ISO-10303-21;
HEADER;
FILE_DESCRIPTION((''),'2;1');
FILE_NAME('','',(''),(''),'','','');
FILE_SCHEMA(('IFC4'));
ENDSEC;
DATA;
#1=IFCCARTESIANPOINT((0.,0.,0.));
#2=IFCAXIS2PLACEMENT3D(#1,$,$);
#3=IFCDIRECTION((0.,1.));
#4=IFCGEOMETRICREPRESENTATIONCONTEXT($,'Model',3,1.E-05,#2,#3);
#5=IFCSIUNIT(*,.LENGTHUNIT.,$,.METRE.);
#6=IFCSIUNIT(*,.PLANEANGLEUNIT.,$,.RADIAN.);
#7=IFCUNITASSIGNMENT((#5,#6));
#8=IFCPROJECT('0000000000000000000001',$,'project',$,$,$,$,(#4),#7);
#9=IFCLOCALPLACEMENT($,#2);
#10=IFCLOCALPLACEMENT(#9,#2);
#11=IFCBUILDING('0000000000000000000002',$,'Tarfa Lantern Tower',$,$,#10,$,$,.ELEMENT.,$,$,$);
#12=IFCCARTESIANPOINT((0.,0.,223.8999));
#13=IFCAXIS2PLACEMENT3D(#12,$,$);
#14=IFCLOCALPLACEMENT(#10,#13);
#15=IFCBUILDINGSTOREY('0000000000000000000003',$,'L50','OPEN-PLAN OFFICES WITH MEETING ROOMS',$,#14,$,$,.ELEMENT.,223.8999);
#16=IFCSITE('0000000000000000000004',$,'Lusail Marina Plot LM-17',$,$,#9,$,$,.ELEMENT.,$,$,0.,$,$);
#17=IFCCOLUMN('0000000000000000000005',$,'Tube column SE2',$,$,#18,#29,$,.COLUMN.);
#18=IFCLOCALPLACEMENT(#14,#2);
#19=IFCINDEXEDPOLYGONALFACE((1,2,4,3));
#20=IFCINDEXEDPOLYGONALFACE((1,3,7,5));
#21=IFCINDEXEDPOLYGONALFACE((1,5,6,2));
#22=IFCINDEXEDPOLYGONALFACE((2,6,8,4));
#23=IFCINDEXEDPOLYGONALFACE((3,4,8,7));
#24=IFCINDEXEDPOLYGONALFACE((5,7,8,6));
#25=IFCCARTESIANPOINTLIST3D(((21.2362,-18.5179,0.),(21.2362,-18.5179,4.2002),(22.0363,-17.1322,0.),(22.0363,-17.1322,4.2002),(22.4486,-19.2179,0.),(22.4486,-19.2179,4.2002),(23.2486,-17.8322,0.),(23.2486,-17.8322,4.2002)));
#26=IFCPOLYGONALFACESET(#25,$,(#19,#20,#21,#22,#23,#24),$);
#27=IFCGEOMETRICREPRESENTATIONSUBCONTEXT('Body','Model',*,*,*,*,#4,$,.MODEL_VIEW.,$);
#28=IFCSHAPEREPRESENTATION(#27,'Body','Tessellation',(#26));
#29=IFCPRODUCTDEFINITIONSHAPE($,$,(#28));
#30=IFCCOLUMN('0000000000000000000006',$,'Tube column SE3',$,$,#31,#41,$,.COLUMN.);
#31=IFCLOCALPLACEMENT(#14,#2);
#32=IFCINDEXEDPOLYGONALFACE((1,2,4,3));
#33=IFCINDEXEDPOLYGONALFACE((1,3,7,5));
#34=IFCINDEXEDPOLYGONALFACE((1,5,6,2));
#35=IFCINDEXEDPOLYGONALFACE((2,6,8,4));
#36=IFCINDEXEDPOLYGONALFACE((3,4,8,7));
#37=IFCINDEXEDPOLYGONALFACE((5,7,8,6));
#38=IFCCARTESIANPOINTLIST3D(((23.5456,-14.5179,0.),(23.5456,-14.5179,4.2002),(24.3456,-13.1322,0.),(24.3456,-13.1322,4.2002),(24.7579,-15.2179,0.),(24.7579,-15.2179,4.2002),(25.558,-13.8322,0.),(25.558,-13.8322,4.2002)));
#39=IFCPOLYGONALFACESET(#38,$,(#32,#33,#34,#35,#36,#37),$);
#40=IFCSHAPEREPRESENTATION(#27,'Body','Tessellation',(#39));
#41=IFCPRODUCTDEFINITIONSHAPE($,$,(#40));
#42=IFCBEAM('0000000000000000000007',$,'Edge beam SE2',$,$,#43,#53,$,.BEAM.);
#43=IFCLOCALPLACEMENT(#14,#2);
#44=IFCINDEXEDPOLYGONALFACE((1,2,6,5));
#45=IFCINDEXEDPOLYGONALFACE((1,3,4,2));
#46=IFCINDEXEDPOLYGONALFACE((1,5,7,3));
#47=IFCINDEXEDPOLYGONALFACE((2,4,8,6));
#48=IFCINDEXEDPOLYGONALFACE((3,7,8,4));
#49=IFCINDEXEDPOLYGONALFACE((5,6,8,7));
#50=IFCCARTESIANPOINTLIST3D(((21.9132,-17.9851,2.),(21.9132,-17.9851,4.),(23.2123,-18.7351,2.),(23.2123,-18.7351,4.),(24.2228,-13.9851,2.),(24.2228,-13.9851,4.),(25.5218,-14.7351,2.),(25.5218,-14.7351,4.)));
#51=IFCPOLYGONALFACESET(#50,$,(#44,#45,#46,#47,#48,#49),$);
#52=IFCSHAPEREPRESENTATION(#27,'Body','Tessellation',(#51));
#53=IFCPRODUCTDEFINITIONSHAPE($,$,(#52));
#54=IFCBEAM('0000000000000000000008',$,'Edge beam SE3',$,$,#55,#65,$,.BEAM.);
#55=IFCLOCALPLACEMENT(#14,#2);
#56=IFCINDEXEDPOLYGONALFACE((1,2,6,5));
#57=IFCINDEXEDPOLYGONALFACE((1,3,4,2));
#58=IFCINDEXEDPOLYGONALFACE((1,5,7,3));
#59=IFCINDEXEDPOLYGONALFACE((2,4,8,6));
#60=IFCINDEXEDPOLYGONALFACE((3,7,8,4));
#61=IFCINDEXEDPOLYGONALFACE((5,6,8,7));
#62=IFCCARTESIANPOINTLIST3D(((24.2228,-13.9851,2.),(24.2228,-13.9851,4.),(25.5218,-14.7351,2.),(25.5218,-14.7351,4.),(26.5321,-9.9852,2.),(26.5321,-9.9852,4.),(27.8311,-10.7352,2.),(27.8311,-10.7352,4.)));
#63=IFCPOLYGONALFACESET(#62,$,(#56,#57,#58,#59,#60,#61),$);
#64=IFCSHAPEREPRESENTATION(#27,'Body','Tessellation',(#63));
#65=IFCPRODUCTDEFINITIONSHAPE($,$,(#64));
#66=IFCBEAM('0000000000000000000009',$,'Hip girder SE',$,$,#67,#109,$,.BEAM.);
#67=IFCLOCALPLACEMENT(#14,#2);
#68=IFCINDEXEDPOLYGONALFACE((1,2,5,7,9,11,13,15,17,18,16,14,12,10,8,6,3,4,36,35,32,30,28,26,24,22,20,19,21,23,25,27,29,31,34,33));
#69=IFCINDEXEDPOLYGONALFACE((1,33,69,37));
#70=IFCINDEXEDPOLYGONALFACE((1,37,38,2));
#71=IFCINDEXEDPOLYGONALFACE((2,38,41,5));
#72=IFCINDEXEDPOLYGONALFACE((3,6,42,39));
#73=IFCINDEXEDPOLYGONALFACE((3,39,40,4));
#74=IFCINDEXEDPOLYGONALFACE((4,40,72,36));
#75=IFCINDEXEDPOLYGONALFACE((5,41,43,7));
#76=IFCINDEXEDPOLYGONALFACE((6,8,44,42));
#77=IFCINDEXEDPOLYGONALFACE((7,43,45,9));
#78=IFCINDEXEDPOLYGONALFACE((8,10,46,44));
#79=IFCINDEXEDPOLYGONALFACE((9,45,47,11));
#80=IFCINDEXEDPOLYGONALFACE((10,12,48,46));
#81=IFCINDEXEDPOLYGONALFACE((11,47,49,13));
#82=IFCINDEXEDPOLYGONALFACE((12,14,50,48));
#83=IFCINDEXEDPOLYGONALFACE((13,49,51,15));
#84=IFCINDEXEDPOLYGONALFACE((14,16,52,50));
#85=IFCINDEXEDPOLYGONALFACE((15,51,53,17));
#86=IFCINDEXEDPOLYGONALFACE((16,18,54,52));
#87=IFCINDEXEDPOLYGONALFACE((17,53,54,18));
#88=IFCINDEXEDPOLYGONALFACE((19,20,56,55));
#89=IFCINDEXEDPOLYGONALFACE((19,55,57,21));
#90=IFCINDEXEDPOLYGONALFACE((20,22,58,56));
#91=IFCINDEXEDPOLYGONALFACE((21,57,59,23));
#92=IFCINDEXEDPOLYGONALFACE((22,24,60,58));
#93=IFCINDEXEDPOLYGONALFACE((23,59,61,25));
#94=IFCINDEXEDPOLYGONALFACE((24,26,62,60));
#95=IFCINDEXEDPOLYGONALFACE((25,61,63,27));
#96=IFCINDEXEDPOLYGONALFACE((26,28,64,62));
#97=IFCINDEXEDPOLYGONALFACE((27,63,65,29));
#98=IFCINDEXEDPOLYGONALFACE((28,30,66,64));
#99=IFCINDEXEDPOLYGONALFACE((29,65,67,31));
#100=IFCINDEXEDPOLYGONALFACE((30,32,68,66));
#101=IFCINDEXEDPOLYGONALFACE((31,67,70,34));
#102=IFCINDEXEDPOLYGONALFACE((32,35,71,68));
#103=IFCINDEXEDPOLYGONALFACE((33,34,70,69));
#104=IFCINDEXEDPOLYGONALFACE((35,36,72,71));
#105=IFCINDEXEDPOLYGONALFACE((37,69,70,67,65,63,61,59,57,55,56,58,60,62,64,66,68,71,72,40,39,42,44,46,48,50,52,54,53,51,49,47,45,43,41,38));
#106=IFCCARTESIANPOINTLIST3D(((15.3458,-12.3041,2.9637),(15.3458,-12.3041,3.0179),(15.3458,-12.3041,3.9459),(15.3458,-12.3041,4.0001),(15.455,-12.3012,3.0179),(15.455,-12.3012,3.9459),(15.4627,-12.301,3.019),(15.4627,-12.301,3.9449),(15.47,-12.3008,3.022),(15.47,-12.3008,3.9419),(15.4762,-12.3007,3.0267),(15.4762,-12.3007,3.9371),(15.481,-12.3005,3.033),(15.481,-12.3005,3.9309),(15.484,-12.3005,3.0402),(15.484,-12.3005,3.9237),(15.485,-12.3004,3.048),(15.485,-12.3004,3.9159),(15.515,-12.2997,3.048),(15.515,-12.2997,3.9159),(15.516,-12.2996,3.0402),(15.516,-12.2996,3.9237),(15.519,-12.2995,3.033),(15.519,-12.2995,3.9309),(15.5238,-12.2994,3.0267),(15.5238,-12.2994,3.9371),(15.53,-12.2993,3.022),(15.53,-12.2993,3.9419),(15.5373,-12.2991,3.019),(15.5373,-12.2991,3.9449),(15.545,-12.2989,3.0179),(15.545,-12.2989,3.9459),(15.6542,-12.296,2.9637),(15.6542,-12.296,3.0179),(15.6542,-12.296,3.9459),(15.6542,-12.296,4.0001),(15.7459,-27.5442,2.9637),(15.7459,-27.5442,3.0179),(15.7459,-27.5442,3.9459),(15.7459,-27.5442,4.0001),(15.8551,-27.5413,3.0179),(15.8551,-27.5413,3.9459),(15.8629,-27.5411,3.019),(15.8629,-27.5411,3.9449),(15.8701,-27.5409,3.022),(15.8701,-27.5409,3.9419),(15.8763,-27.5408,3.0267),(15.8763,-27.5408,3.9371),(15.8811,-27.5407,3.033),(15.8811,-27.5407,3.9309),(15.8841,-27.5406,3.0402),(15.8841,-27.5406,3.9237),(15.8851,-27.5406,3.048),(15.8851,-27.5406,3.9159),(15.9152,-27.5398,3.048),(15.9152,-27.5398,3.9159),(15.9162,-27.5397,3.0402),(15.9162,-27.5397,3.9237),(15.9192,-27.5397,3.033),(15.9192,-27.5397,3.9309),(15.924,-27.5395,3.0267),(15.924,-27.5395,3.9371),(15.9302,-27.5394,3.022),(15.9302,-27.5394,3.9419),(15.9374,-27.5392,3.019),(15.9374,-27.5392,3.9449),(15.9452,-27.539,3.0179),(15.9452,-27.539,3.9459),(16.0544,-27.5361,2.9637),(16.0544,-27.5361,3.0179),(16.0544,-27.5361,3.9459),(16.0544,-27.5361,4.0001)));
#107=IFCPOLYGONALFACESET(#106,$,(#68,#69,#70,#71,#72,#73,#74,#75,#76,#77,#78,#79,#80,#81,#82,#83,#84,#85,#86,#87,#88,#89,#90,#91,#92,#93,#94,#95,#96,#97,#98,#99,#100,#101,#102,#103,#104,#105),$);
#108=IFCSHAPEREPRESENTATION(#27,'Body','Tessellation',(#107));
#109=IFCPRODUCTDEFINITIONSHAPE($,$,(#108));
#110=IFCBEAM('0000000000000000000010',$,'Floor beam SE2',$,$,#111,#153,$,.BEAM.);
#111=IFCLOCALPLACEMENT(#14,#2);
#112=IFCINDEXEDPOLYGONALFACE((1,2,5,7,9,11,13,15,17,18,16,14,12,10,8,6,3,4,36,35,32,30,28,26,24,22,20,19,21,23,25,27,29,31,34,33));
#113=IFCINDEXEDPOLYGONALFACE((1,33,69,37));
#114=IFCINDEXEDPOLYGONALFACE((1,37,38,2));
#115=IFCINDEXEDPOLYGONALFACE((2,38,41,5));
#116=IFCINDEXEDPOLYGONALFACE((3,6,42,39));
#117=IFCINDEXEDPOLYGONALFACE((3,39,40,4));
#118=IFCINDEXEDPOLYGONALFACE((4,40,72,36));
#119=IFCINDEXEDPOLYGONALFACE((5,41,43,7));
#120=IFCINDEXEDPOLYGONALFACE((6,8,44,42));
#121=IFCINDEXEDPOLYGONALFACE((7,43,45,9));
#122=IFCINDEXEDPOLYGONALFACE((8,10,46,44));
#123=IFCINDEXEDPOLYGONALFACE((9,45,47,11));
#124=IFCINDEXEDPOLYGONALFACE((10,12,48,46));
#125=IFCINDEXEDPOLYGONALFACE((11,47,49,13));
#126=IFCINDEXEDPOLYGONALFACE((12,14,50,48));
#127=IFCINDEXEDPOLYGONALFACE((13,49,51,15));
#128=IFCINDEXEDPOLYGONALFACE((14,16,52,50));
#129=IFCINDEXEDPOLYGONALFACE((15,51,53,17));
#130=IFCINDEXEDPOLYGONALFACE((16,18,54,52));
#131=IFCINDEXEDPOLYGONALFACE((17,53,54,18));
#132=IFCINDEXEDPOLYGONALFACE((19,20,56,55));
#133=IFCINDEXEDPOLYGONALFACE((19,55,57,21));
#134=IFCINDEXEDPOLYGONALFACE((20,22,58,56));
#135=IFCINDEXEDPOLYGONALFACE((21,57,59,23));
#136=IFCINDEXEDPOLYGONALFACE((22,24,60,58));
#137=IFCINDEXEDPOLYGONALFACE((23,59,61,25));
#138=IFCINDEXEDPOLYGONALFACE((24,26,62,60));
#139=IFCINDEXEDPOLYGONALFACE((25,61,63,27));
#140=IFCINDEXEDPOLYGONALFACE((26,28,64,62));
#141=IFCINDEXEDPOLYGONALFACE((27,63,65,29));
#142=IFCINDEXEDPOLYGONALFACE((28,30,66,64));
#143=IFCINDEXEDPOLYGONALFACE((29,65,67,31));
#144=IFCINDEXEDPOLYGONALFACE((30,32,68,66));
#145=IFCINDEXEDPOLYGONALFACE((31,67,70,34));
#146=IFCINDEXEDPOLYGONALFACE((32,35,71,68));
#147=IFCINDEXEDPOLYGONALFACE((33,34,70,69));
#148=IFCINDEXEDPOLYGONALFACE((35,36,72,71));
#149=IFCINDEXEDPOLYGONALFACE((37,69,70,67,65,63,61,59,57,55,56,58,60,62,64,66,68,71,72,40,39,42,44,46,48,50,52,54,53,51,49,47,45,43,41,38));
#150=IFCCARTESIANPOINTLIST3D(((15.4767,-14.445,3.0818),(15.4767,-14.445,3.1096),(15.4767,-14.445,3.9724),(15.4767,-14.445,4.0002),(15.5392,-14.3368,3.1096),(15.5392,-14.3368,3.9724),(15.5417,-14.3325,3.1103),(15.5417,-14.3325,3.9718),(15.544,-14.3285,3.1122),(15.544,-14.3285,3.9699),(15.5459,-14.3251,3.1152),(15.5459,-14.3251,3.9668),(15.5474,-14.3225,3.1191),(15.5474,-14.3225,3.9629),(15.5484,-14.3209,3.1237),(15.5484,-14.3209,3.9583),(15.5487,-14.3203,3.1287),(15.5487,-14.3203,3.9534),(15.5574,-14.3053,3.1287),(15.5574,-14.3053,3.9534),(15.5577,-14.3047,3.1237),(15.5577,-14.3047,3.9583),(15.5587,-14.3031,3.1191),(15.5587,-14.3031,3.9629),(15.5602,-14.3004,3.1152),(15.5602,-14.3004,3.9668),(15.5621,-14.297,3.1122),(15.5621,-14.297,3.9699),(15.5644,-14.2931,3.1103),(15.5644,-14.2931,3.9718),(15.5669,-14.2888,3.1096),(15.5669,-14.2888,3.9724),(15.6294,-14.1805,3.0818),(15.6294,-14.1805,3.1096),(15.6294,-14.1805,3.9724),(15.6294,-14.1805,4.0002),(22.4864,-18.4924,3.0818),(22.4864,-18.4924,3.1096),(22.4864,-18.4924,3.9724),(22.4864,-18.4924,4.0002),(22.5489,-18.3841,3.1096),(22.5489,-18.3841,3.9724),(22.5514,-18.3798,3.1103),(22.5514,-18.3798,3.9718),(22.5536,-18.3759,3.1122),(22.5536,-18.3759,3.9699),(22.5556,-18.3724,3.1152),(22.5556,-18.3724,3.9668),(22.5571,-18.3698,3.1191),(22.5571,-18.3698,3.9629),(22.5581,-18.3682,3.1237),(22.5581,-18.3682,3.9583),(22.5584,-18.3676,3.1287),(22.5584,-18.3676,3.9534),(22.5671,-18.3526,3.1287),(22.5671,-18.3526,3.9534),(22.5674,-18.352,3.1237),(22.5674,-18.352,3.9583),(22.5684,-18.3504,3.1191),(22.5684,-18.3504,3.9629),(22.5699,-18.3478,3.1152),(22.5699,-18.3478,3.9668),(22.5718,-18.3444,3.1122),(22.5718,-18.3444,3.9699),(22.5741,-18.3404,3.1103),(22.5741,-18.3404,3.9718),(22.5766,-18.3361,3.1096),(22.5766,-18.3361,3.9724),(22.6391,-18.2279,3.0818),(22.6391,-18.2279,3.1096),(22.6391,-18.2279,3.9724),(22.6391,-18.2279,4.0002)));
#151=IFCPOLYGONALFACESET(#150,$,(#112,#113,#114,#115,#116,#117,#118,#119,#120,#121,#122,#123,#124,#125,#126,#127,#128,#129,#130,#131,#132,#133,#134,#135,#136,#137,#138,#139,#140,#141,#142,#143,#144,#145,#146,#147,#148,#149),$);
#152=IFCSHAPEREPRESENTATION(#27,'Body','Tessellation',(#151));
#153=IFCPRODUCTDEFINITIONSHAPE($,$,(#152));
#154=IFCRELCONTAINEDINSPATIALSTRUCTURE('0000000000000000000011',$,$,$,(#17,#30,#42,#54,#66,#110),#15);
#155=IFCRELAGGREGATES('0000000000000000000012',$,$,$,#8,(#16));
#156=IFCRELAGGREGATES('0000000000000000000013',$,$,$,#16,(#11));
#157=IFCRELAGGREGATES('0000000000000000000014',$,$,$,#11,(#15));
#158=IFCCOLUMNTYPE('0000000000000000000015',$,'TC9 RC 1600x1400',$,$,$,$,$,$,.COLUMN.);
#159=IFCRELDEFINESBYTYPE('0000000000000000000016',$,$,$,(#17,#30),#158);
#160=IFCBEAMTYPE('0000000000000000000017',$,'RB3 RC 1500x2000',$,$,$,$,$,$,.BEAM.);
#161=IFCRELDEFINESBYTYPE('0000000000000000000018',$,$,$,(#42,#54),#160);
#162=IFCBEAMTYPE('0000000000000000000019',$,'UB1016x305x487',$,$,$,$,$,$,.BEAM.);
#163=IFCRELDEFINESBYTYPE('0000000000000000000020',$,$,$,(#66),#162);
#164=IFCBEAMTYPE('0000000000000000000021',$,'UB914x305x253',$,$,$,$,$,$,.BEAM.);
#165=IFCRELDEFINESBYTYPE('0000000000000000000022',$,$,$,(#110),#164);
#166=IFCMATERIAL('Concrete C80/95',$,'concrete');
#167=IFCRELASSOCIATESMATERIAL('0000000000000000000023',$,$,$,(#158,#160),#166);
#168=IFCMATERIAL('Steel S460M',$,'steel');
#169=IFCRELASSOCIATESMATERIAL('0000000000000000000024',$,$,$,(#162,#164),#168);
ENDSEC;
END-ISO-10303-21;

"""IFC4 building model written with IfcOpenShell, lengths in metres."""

from ifc_helpers import new_model, si_unit, direction, frame, origin, origin_2d, place, context, subcontext, project, spatial, rectangle, i_section, extrude, material, material_profile, profile_set, type_object, element, save


model = new_model("IFC4")

# Units and contexts
model_context = context("Model", 3, precision=1e-05, world=origin(), true_north=direction((0.0, 1.0)))
body_context = subcontext(model_context, "Body", "Model", "MODEL_VIEW")
ifc_project = project(units=[si_unit("LENGTHUNIT", "METRE"), si_unit("PLANEANGLEUNIT", "RADIAN")], contexts=[model_context])

# Site, building, storey
site_placement = place(None, origin())
site = spatial("IfcSite", under=ifc_project, at=site_placement, Name="Lusail Marina Plot LM-17", CompositionType="ELEMENT", RefElevation=0.0)
building_placement = place(site_placement, origin())
building = spatial("IfcBuilding", under=site, at=building_placement, Name="Tarfa Lantern Tower", CompositionType="ELEMENT")
storey_placement = place(building_placement, frame((0.0, 0.0, 223.8999)))
storey = spatial("IfcBuildingStorey", under=building, at=storey_placement, Name="L50", Description="OPEN-PLAN OFFICES WITH MEETING ROOMS", CompositionType="ELEMENT", Elevation=223.8999)

# Columns
ifc_material_1 = material(Name="Concrete C80/95", Category="concrete")
ifc_material_profile_1 = material_profile(ifc_material_1, rectangle(XDim=1.6001, YDim=1.3999, at=origin_2d()), Name="RC 1600x1400")
ifc_profile_set_1 = profile_set([ifc_material_profile_1], Name="Concrete C80/95")
column_type = type_object("IfcColumnType", Name="TC9 RC 1600x1400", PredefinedType="COLUMN", material=ifc_profile_set_1)
for number, where, z_axis, x_axis, name in (
    (1, (22.2424, -18.175, 0.0), (0.0, 0.0, 1.0), (0.5, 0.866025, 0.0), "Tube column SE2"),
    (2, (24.5518, -14.175, 0.0), (0.0, 0.0, 1.0), (0.5, 0.866025, 0.0), "Tube column SE3"),
):
    element("IfcColumn", number, at=place(storey_placement, frame(where, z_axis=z_axis, x_axis=x_axis)), inside=storey, type_object=column_type, Name=name, PredefinedType="COLUMN", context=body_context, shape_type="SweptSolid", body=[
        extrude(rectangle(XDim=1.6001, YDim=1.3999, at=origin_2d()), origin(), (0.0, 0.0, 1.0), 4.2002),
    ])

# Beams
ifc_material_profile_2 = material_profile(ifc_material_1, rectangle(XDim=1.5, YDim=2.0, at=origin_2d()), Name="RC 1500x2000")
ifc_profile_set_2 = profile_set([ifc_material_profile_2], Name="Concrete C80/95")
beam_type_1 = type_object("IfcBeamType", Name="RB3 RC 1500x2000", PredefinedType="BEAM", material=ifc_profile_set_2)
beam_1_placement = place(storey_placement, frame((22.5627, -18.3601, 3.0), z_axis=(0.500027, 0.86601, 0.0), x_axis=(-0.86601, 0.500027, 0.0)))
element("IfcBeam", 3, at=beam_1_placement, inside=storey, type_object=beam_type_1, Name="Edge beam SE2", PredefinedType="BEAM", context=body_context, shape_type="SweptSolid", body=[
    extrude(rectangle(XDim=1.5, YDim=2.0, at=origin_2d()), origin(), (0.0, 0.0, 1.0), 4.6189),
])
beam_2_placement = place(storey_placement, frame((24.8723, -14.3601, 3.0), z_axis=(0.499988, 0.866032, 0.0), x_axis=(-0.866032, 0.499988, 0.0)))
element("IfcBeam", 4, at=beam_2_placement, inside=storey, type_object=beam_type_1, Name="Edge beam SE3", PredefinedType="BEAM", context=body_context, shape_type="SweptSolid", body=[
    extrude(rectangle(XDim=1.5, YDim=2.0, at=origin_2d()), origin(), (0.0, 0.0, 1.0), 4.6187),
])
ifc_material_2 = material(Name="Steel S460M", Category="steel")
ifc_material_profile_3 = material_profile(ifc_material_2, i_section(OverallWidth=0.3086, OverallDepth=1.0364, WebThickness=0.03, FlangeThickness=0.0542, FilletRadius=0.03, at=origin_2d()), Name="UB1016x305x487")
ifc_profile_set_3 = profile_set([ifc_material_profile_3], Name="Steel S460M")
beam_type_2 = type_object("IfcBeamType", Name="UB1016x305x487", PredefinedType="BEAM", material=ifc_profile_set_3)
beam_3_placement = place(storey_placement, frame((15.5, -12.3, 3.4819), z_axis=(0.026247, -0.999655, 0.0), x_axis=(0.999655, 0.026247, 0.0)))
element("IfcBeam", 5, at=beam_3_placement, inside=storey, type_object=beam_type_2, Name="Hip girder SE", PredefinedType="BEAM", context=body_context, shape_type="SweptSolid", body=[
    extrude(i_section(OverallWidth=0.3086, OverallDepth=1.0364, WebThickness=0.03, FlangeThickness=0.0542, FilletRadius=0.03, at=origin_2d()), origin(), (0.0, 0.0, 1.0), 15.2454),
])
ifc_material_profile_4 = material_profile(ifc_material_2, i_section(OverallWidth=0.3054, OverallDepth=0.9185, WebThickness=0.0173, FlangeThickness=0.0278, FilletRadius=0.019, at=origin_2d()), Name="UB914x305x253")
ifc_profile_set_4 = profile_set([ifc_material_profile_4], Name="Steel S460M")
beam_type_3 = type_object("IfcBeamType", Name="UB914x305x253", PredefinedType="BEAM", material=ifc_profile_set_4)
beam_4_placement = place(storey_placement, frame((22.5627, -18.3601, 3.541), z_axis=(-0.866011, 0.500025, 0.0), x_axis=(-0.500025, -0.866011, 0.0)))
element("IfcBeam", 6, at=beam_4_placement, inside=storey, type_object=beam_type_3, Name="Floor beam SE2", PredefinedType="BEAM", context=body_context, shape_type="SweptSolid", body=[
    extrude(i_section(OverallWidth=0.3054, OverallDepth=0.9185, WebThickness=0.0173, FlangeThickness=0.0278, FilletRadius=0.019, at=origin_2d()), origin(), (0.0, 0.0, 1.0), 8.0942),
])

save(model, "model.ifc")
